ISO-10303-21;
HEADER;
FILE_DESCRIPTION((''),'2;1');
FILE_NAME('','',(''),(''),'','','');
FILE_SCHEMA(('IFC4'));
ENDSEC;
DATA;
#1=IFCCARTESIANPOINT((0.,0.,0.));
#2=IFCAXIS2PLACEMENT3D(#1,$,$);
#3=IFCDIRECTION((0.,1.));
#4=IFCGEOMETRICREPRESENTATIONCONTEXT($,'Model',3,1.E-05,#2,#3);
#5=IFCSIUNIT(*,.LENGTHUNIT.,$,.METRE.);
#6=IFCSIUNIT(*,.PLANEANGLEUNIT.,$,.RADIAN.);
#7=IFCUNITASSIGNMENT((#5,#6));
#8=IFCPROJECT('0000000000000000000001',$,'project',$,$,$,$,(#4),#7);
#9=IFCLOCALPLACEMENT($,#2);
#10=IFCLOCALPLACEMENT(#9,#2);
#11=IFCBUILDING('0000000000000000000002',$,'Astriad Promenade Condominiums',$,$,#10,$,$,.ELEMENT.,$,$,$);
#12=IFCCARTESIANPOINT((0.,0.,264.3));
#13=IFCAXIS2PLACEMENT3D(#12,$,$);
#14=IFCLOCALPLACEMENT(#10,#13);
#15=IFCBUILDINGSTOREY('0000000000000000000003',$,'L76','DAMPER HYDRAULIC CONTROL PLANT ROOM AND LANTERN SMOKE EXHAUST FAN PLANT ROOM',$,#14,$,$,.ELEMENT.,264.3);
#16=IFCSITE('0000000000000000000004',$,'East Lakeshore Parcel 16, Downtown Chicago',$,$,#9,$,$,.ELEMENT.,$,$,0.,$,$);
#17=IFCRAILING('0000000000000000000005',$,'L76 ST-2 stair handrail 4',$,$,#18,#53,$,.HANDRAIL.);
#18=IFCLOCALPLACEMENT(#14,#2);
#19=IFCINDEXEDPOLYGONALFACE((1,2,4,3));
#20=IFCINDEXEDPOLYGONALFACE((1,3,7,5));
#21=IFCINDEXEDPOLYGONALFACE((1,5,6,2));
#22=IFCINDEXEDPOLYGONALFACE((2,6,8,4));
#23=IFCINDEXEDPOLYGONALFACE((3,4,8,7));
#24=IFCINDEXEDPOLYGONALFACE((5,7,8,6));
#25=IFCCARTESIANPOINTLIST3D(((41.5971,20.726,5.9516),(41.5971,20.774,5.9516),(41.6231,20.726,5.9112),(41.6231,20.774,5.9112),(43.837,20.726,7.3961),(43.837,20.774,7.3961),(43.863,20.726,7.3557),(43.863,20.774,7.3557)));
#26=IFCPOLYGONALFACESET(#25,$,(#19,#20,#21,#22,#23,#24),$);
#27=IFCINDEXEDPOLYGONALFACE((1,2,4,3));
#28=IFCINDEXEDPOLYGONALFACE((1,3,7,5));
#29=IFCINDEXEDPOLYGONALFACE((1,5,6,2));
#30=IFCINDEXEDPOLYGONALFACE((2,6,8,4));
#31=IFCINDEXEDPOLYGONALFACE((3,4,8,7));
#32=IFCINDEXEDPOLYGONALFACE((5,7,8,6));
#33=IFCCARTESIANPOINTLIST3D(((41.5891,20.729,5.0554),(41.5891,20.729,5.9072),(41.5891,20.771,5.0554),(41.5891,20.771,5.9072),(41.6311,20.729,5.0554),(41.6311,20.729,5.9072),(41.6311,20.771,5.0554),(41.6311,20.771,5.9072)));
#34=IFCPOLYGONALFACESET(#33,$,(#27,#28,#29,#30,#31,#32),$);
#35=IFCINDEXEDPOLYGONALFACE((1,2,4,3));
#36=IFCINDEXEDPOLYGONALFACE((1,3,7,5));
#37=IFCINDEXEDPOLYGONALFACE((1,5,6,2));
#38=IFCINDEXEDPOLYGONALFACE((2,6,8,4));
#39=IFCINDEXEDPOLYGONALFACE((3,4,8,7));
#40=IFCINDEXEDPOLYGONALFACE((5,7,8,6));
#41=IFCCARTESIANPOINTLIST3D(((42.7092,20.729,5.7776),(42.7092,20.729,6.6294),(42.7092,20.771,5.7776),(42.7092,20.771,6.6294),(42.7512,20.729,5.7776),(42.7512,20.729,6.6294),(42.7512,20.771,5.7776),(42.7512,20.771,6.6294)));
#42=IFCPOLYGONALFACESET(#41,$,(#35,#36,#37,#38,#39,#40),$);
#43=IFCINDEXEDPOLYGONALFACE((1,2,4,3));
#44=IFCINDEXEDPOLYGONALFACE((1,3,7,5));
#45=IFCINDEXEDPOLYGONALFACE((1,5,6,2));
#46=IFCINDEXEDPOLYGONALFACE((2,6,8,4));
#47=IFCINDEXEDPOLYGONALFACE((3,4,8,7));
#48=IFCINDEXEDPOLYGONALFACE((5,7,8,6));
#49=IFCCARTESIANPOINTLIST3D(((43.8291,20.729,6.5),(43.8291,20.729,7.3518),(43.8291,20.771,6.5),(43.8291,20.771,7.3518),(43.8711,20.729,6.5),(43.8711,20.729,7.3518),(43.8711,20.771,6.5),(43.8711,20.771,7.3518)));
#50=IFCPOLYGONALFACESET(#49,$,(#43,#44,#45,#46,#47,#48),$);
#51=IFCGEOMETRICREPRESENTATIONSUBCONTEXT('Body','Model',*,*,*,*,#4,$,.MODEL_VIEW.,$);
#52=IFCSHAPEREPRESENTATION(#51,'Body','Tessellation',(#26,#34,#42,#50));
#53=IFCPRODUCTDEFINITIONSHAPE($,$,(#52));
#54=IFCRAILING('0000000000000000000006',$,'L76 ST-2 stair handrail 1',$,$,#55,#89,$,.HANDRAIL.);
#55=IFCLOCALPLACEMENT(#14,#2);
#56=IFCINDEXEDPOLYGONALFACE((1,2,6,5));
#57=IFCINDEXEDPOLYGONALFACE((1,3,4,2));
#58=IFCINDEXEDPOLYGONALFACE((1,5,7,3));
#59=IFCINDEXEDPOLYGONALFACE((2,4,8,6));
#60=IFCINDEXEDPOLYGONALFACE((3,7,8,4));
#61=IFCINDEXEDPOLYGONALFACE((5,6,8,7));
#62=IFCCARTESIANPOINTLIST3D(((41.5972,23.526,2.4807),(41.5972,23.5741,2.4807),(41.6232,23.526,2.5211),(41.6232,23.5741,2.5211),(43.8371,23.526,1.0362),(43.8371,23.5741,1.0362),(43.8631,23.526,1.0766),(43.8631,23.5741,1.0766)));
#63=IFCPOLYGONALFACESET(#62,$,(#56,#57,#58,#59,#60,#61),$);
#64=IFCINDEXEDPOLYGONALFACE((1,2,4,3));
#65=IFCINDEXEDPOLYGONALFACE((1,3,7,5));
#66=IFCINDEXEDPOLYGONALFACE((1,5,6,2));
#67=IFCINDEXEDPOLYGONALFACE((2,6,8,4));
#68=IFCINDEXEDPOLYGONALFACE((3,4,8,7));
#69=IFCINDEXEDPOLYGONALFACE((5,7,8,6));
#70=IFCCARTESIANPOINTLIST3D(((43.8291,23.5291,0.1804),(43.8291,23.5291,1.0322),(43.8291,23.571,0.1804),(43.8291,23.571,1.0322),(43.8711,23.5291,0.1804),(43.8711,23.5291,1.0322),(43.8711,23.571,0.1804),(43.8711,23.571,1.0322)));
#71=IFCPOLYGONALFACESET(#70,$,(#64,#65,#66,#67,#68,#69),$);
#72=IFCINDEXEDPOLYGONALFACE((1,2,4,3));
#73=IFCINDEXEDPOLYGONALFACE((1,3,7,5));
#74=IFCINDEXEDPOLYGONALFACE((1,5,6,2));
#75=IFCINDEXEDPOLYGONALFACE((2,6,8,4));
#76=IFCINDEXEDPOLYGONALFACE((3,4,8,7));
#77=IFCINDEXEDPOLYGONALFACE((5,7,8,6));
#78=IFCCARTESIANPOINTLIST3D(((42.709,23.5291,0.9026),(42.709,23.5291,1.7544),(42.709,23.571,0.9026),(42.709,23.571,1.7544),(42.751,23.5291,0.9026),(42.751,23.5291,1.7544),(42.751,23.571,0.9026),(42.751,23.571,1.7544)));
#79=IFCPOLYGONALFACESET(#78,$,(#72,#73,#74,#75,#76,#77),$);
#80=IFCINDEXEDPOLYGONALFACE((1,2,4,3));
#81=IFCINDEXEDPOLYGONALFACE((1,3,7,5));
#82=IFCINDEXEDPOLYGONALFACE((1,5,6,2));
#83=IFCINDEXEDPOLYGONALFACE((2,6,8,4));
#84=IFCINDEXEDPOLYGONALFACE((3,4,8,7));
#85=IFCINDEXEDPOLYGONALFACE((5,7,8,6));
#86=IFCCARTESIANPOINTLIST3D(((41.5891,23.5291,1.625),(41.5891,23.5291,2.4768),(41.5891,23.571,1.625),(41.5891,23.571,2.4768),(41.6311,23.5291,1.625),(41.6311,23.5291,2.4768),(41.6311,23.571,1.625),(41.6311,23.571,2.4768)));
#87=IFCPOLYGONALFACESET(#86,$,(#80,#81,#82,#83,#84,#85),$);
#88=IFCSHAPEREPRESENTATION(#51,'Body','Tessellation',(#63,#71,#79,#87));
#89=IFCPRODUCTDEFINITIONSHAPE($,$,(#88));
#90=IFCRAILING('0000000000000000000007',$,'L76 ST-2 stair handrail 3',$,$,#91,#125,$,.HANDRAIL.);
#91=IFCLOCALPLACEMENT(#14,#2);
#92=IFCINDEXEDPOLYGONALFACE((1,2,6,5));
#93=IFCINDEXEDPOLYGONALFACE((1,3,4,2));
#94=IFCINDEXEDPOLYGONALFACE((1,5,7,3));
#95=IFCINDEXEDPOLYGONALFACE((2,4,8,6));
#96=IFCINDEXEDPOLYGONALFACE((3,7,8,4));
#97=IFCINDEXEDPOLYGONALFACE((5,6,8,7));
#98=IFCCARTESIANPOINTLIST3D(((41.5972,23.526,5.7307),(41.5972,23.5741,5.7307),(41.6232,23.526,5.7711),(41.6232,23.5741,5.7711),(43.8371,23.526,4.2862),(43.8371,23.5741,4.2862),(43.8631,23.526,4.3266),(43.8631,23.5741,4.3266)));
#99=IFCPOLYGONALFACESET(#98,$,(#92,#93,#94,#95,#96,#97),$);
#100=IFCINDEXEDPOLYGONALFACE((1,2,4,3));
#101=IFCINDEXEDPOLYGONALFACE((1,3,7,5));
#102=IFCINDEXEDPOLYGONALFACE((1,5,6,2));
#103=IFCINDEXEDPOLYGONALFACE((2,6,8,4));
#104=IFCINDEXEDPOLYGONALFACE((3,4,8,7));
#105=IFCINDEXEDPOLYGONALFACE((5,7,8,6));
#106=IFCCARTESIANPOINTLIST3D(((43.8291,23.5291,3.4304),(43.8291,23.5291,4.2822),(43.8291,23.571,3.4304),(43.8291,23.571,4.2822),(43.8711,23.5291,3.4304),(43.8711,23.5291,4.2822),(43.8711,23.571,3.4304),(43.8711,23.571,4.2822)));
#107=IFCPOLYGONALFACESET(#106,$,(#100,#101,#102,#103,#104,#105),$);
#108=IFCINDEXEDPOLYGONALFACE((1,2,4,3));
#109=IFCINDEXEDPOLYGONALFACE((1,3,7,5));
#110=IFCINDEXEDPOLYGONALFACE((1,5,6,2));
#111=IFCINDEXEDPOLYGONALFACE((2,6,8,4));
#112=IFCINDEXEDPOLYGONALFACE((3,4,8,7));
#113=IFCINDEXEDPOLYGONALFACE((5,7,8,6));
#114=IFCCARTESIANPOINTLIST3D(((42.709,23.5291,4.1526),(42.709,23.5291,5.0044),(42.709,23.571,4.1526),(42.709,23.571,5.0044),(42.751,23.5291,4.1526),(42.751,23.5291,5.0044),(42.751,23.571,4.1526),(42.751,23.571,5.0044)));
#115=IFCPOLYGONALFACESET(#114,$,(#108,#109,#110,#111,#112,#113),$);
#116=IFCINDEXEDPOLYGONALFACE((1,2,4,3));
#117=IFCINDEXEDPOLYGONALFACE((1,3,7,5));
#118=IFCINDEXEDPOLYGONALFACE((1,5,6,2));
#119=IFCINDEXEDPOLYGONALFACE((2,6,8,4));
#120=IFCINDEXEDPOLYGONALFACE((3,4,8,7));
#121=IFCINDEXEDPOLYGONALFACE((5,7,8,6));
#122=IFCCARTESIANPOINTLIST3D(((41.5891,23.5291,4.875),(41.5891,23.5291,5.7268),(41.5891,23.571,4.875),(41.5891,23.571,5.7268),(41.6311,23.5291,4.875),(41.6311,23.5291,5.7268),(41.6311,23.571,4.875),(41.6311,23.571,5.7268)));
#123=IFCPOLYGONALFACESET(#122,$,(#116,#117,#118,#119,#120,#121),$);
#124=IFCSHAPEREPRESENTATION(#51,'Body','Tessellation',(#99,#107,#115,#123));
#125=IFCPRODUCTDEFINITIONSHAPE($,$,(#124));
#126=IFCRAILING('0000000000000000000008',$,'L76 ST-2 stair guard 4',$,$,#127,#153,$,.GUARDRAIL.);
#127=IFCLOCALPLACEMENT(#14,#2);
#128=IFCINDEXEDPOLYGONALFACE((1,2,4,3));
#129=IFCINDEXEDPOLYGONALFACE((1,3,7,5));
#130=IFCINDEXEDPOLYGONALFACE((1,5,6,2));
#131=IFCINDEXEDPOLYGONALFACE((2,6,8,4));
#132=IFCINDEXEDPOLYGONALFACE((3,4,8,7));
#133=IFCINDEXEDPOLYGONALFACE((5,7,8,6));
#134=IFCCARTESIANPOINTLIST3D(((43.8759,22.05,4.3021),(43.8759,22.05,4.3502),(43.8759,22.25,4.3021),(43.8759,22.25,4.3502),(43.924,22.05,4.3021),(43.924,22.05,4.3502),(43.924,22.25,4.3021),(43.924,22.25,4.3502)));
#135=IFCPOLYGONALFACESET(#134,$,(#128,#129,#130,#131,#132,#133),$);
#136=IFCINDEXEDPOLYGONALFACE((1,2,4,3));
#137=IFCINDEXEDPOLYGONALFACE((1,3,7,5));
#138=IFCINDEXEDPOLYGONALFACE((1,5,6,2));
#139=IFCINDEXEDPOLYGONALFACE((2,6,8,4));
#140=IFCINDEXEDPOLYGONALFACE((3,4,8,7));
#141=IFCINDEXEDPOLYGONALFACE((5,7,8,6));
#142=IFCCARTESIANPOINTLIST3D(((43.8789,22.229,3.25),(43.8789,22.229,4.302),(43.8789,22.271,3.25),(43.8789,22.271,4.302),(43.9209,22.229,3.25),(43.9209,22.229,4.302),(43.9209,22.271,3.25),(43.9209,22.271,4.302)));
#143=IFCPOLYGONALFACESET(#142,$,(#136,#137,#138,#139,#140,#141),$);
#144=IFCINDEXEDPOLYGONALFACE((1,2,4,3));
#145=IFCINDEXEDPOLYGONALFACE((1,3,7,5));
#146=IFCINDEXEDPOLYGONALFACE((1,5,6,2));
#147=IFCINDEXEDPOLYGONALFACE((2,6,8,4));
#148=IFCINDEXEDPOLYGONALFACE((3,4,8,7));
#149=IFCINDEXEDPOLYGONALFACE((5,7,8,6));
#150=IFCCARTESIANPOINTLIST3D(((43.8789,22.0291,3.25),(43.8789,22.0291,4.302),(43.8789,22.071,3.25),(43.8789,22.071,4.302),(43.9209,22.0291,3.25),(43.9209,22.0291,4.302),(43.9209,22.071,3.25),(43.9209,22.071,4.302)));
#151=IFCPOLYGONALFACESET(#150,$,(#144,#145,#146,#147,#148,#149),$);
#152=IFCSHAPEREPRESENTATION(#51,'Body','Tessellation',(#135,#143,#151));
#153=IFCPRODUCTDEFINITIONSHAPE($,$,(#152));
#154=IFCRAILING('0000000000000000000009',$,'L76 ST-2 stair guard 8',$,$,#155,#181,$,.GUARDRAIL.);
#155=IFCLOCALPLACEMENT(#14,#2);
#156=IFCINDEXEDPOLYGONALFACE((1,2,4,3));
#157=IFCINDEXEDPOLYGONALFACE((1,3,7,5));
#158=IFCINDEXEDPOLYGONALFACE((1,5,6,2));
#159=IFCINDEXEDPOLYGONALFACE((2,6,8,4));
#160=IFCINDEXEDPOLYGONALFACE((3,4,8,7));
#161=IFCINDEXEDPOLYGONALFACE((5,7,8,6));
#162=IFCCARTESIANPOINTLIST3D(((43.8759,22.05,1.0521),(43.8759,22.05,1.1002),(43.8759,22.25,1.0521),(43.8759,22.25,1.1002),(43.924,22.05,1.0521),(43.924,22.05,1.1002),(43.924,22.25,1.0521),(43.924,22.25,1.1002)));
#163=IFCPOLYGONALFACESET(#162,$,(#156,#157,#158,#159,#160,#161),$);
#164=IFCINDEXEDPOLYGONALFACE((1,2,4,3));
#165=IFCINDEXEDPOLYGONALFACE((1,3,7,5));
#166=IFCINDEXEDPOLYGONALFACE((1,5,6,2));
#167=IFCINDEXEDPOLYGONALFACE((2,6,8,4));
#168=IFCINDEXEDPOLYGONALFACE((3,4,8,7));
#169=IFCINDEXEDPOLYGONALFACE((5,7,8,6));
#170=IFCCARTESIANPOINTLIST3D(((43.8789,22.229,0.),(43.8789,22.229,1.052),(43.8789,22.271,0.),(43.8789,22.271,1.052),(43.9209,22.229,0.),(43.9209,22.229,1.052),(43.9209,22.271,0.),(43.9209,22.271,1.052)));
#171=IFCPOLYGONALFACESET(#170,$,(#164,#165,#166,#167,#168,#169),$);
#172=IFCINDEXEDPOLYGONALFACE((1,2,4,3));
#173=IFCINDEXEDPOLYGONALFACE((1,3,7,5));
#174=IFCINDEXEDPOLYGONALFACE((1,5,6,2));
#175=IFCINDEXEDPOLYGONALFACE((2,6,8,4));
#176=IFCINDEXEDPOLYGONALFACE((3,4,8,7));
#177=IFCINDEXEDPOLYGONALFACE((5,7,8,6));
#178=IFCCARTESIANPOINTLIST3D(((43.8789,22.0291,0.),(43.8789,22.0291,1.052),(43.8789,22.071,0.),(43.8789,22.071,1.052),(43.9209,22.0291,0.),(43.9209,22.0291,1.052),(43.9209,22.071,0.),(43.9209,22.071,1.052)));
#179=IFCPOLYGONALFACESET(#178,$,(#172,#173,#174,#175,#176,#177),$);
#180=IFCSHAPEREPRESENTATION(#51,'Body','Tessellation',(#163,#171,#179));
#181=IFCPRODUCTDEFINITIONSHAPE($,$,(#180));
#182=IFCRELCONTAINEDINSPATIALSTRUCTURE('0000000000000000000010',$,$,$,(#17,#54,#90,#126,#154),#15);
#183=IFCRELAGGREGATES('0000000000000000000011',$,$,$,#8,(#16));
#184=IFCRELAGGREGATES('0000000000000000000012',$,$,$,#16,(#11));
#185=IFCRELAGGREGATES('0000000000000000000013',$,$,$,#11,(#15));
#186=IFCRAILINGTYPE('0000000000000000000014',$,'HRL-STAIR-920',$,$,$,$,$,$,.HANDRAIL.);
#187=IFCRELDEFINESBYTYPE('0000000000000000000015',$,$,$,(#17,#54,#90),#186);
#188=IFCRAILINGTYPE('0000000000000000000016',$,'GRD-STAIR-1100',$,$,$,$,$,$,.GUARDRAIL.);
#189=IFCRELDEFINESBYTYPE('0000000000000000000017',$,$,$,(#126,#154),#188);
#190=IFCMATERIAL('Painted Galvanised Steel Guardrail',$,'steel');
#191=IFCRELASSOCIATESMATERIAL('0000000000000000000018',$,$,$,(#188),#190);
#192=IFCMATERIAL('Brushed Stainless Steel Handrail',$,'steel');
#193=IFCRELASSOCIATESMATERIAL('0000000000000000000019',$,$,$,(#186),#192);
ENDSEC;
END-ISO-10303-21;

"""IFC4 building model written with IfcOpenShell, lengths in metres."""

from ifc_helpers import new_model, si_unit, direction, frame, origin, origin_2d, place, context, subcontext, project, spatial, rectangle, extrude, source, transform, mapped, material, type_object, type_shapes, element, save


model = new_model("IFC4")

# Units and contexts
model_context = context("Model", 3, precision=1e-05, world=origin(), true_north=direction((0.0, 1.0)))
body_context = subcontext(model_context, "Body", "Model", "MODEL_VIEW")
ifc_project = project(units=[si_unit("LENGTHUNIT", "METRE"), si_unit("PLANEANGLEUNIT", "RADIAN")], contexts=[model_context])

# Site, building, storey
site_placement = place(None, origin())
site = spatial("IfcSite", under=ifc_project, at=site_placement, Name="East Lakeshore Parcel 16, Downtown Chicago", CompositionType="ELEMENT", RefElevation=0.0)
building_placement = place(site_placement, origin())
building = spatial("IfcBuilding", under=site, at=building_placement, Name="Astriad Promenade Condominiums", CompositionType="ELEMENT")
storey_placement = place(building_placement, frame((0.0, 0.0, 264.3)))
storey = spatial("IfcBuildingStorey", under=building, at=storey_placement, Name="L76", Description="DAMPER HYDRAULIC CONTROL PLANT ROOM AND LANTERN SMOKE EXHAUST FAN PLANT ROOM", CompositionType="ELEMENT", Elevation=264.3)

# Railings
ifc_material_1 = material(Name="Painted Galvanised Steel Guardrail", Category="steel")
railing_type_1 = type_object("IfcRailingType", Name="GRD-STAIR-1100", PredefinedType="GUARDRAIL", material=ifc_material_1)
ifc_material_2 = material(Name="Brushed Stainless Steel Handrail", Category="steel")
railing_type_2 = type_object("IfcRailingType", Name="HRL-STAIR-920", PredefinedType="HANDRAIL", material=ifc_material_2)
shared_shape_1 = source(origin(), body_context, "Body", "SweptSolid", [
    extrude(rectangle(XDim=0.0481, YDim=0.0481, at=origin_2d()), frame((0.0, 0.0, 0.876), z_axis=(0.840395, 0.0, 0.541975), x_axis=(0.0, 1.0, 0.0)), (0.0, 0.0, 1.0), 2.6653),
    extrude(rectangle(XDim=0.042, YDim=0.042, at=origin_2d()), origin(), (0.0, 0.0, 1.0), 0.8518),
    extrude(rectangle(XDim=0.042, YDim=0.042, at=origin_2d()), frame((1.1201, 0.0, 0.7222)), (0.0, 0.0, 1.0), 0.8518),
    extrude(rectangle(XDim=0.042, YDim=0.042, at=origin_2d()), frame((2.24, 0.0, 1.4446)), (0.0, 0.0, 1.0), 0.8518),
])
for number, where, name in (
    (1, (41.6101, 20.75, 5.0554), "L76 ST-2 stair handrail 4"),
):
    element("IfcRailing", number, at=place(storey_placement, frame(where)), inside=storey, type_object=railing_type_2, Name=name, PredefinedType="HANDRAIL", context=body_context, shape_type="MappedRepresentation", body=[
        mapped(shared_shape_1, transform((0.0, 0.0, 0.0), scale=1.0)),
    ])
shared_shape_2 = source(origin(), body_context, "Body", "SweptSolid", [
    extrude(rectangle(XDim=0.0481, YDim=0.0481, at=origin_2d()), frame((0.0, 0.0, 0.876), z_axis=(-0.840395, 0.0, 0.541975), x_axis=(0.0, -1.0, 0.0)), (0.0, 0.0, 1.0), 2.6653),
    extrude(rectangle(XDim=0.042, YDim=0.042, at=origin_2d()), origin(), (0.0, 0.0, 1.0), 0.8518),
    extrude(rectangle(XDim=0.042, YDim=0.042, at=origin_2d()), frame((-1.1201, 0.0, 0.7222)), (0.0, 0.0, 1.0), 0.8518),
    extrude(rectangle(XDim=0.042, YDim=0.042, at=origin_2d()), frame((-2.24, 0.0, 1.4446)), (0.0, 0.0, 1.0), 0.8518),
])
type_shapes(railing_type_2, [shared_shape_1, shared_shape_2])
for number, where, name in (
    (2, (43.8501, 23.55, 0.1804), "L76 ST-2 stair handrail 1"),
    (3, (43.8501, 23.55, 3.4304), "L76 ST-2 stair handrail 3"),
):
    element("IfcRailing", number, at=place(storey_placement, frame(where)), inside=storey, type_object=railing_type_2, Name=name, PredefinedType="HANDRAIL", context=body_context, shape_type="MappedRepresentation", body=[
        mapped(shared_shape_2, transform((0.0, 0.0, 0.0), scale=1.0)),
    ])
shared_shape_3 = source(origin(), body_context, "Body", "SweptSolid", [
    extrude(rectangle(XDim=0.0481, YDim=0.0481, at=origin_2d()), frame((0.0, 0.0, 1.0762), z_axis=(0.0, -1.0, 0.0), x_axis=(1.0, 0.0, 0.0)), (0.0, 0.0, 1.0), 0.2),
    extrude(rectangle(XDim=0.042, YDim=0.042, at=origin_2d()), origin(), (0.0, 0.0, 1.0), 1.052),
    extrude(rectangle(XDim=0.042, YDim=0.042, at=origin_2d()), frame((0.0, -0.2, 0.0)), (0.0, 0.0, 1.0), 1.052),
])
for number, where, name in (
    (4, (43.8999, 22.25, 3.25), "L76 ST-2 stair guard 4"),
    (5, (43.8999, 22.25, 0.0), "L76 ST-2 stair guard 8"),
):
    element("IfcRailing", number, at=place(storey_placement, frame(where)), inside=storey, type_object=railing_type_1, Name=name, PredefinedType="GUARDRAIL", context=body_context, shape_type="MappedRepresentation", body=[
        mapped(shared_shape_3, transform((0.0, 0.0, 0.0), scale=1.0)),
    ])

save(model, "model.ifc")
